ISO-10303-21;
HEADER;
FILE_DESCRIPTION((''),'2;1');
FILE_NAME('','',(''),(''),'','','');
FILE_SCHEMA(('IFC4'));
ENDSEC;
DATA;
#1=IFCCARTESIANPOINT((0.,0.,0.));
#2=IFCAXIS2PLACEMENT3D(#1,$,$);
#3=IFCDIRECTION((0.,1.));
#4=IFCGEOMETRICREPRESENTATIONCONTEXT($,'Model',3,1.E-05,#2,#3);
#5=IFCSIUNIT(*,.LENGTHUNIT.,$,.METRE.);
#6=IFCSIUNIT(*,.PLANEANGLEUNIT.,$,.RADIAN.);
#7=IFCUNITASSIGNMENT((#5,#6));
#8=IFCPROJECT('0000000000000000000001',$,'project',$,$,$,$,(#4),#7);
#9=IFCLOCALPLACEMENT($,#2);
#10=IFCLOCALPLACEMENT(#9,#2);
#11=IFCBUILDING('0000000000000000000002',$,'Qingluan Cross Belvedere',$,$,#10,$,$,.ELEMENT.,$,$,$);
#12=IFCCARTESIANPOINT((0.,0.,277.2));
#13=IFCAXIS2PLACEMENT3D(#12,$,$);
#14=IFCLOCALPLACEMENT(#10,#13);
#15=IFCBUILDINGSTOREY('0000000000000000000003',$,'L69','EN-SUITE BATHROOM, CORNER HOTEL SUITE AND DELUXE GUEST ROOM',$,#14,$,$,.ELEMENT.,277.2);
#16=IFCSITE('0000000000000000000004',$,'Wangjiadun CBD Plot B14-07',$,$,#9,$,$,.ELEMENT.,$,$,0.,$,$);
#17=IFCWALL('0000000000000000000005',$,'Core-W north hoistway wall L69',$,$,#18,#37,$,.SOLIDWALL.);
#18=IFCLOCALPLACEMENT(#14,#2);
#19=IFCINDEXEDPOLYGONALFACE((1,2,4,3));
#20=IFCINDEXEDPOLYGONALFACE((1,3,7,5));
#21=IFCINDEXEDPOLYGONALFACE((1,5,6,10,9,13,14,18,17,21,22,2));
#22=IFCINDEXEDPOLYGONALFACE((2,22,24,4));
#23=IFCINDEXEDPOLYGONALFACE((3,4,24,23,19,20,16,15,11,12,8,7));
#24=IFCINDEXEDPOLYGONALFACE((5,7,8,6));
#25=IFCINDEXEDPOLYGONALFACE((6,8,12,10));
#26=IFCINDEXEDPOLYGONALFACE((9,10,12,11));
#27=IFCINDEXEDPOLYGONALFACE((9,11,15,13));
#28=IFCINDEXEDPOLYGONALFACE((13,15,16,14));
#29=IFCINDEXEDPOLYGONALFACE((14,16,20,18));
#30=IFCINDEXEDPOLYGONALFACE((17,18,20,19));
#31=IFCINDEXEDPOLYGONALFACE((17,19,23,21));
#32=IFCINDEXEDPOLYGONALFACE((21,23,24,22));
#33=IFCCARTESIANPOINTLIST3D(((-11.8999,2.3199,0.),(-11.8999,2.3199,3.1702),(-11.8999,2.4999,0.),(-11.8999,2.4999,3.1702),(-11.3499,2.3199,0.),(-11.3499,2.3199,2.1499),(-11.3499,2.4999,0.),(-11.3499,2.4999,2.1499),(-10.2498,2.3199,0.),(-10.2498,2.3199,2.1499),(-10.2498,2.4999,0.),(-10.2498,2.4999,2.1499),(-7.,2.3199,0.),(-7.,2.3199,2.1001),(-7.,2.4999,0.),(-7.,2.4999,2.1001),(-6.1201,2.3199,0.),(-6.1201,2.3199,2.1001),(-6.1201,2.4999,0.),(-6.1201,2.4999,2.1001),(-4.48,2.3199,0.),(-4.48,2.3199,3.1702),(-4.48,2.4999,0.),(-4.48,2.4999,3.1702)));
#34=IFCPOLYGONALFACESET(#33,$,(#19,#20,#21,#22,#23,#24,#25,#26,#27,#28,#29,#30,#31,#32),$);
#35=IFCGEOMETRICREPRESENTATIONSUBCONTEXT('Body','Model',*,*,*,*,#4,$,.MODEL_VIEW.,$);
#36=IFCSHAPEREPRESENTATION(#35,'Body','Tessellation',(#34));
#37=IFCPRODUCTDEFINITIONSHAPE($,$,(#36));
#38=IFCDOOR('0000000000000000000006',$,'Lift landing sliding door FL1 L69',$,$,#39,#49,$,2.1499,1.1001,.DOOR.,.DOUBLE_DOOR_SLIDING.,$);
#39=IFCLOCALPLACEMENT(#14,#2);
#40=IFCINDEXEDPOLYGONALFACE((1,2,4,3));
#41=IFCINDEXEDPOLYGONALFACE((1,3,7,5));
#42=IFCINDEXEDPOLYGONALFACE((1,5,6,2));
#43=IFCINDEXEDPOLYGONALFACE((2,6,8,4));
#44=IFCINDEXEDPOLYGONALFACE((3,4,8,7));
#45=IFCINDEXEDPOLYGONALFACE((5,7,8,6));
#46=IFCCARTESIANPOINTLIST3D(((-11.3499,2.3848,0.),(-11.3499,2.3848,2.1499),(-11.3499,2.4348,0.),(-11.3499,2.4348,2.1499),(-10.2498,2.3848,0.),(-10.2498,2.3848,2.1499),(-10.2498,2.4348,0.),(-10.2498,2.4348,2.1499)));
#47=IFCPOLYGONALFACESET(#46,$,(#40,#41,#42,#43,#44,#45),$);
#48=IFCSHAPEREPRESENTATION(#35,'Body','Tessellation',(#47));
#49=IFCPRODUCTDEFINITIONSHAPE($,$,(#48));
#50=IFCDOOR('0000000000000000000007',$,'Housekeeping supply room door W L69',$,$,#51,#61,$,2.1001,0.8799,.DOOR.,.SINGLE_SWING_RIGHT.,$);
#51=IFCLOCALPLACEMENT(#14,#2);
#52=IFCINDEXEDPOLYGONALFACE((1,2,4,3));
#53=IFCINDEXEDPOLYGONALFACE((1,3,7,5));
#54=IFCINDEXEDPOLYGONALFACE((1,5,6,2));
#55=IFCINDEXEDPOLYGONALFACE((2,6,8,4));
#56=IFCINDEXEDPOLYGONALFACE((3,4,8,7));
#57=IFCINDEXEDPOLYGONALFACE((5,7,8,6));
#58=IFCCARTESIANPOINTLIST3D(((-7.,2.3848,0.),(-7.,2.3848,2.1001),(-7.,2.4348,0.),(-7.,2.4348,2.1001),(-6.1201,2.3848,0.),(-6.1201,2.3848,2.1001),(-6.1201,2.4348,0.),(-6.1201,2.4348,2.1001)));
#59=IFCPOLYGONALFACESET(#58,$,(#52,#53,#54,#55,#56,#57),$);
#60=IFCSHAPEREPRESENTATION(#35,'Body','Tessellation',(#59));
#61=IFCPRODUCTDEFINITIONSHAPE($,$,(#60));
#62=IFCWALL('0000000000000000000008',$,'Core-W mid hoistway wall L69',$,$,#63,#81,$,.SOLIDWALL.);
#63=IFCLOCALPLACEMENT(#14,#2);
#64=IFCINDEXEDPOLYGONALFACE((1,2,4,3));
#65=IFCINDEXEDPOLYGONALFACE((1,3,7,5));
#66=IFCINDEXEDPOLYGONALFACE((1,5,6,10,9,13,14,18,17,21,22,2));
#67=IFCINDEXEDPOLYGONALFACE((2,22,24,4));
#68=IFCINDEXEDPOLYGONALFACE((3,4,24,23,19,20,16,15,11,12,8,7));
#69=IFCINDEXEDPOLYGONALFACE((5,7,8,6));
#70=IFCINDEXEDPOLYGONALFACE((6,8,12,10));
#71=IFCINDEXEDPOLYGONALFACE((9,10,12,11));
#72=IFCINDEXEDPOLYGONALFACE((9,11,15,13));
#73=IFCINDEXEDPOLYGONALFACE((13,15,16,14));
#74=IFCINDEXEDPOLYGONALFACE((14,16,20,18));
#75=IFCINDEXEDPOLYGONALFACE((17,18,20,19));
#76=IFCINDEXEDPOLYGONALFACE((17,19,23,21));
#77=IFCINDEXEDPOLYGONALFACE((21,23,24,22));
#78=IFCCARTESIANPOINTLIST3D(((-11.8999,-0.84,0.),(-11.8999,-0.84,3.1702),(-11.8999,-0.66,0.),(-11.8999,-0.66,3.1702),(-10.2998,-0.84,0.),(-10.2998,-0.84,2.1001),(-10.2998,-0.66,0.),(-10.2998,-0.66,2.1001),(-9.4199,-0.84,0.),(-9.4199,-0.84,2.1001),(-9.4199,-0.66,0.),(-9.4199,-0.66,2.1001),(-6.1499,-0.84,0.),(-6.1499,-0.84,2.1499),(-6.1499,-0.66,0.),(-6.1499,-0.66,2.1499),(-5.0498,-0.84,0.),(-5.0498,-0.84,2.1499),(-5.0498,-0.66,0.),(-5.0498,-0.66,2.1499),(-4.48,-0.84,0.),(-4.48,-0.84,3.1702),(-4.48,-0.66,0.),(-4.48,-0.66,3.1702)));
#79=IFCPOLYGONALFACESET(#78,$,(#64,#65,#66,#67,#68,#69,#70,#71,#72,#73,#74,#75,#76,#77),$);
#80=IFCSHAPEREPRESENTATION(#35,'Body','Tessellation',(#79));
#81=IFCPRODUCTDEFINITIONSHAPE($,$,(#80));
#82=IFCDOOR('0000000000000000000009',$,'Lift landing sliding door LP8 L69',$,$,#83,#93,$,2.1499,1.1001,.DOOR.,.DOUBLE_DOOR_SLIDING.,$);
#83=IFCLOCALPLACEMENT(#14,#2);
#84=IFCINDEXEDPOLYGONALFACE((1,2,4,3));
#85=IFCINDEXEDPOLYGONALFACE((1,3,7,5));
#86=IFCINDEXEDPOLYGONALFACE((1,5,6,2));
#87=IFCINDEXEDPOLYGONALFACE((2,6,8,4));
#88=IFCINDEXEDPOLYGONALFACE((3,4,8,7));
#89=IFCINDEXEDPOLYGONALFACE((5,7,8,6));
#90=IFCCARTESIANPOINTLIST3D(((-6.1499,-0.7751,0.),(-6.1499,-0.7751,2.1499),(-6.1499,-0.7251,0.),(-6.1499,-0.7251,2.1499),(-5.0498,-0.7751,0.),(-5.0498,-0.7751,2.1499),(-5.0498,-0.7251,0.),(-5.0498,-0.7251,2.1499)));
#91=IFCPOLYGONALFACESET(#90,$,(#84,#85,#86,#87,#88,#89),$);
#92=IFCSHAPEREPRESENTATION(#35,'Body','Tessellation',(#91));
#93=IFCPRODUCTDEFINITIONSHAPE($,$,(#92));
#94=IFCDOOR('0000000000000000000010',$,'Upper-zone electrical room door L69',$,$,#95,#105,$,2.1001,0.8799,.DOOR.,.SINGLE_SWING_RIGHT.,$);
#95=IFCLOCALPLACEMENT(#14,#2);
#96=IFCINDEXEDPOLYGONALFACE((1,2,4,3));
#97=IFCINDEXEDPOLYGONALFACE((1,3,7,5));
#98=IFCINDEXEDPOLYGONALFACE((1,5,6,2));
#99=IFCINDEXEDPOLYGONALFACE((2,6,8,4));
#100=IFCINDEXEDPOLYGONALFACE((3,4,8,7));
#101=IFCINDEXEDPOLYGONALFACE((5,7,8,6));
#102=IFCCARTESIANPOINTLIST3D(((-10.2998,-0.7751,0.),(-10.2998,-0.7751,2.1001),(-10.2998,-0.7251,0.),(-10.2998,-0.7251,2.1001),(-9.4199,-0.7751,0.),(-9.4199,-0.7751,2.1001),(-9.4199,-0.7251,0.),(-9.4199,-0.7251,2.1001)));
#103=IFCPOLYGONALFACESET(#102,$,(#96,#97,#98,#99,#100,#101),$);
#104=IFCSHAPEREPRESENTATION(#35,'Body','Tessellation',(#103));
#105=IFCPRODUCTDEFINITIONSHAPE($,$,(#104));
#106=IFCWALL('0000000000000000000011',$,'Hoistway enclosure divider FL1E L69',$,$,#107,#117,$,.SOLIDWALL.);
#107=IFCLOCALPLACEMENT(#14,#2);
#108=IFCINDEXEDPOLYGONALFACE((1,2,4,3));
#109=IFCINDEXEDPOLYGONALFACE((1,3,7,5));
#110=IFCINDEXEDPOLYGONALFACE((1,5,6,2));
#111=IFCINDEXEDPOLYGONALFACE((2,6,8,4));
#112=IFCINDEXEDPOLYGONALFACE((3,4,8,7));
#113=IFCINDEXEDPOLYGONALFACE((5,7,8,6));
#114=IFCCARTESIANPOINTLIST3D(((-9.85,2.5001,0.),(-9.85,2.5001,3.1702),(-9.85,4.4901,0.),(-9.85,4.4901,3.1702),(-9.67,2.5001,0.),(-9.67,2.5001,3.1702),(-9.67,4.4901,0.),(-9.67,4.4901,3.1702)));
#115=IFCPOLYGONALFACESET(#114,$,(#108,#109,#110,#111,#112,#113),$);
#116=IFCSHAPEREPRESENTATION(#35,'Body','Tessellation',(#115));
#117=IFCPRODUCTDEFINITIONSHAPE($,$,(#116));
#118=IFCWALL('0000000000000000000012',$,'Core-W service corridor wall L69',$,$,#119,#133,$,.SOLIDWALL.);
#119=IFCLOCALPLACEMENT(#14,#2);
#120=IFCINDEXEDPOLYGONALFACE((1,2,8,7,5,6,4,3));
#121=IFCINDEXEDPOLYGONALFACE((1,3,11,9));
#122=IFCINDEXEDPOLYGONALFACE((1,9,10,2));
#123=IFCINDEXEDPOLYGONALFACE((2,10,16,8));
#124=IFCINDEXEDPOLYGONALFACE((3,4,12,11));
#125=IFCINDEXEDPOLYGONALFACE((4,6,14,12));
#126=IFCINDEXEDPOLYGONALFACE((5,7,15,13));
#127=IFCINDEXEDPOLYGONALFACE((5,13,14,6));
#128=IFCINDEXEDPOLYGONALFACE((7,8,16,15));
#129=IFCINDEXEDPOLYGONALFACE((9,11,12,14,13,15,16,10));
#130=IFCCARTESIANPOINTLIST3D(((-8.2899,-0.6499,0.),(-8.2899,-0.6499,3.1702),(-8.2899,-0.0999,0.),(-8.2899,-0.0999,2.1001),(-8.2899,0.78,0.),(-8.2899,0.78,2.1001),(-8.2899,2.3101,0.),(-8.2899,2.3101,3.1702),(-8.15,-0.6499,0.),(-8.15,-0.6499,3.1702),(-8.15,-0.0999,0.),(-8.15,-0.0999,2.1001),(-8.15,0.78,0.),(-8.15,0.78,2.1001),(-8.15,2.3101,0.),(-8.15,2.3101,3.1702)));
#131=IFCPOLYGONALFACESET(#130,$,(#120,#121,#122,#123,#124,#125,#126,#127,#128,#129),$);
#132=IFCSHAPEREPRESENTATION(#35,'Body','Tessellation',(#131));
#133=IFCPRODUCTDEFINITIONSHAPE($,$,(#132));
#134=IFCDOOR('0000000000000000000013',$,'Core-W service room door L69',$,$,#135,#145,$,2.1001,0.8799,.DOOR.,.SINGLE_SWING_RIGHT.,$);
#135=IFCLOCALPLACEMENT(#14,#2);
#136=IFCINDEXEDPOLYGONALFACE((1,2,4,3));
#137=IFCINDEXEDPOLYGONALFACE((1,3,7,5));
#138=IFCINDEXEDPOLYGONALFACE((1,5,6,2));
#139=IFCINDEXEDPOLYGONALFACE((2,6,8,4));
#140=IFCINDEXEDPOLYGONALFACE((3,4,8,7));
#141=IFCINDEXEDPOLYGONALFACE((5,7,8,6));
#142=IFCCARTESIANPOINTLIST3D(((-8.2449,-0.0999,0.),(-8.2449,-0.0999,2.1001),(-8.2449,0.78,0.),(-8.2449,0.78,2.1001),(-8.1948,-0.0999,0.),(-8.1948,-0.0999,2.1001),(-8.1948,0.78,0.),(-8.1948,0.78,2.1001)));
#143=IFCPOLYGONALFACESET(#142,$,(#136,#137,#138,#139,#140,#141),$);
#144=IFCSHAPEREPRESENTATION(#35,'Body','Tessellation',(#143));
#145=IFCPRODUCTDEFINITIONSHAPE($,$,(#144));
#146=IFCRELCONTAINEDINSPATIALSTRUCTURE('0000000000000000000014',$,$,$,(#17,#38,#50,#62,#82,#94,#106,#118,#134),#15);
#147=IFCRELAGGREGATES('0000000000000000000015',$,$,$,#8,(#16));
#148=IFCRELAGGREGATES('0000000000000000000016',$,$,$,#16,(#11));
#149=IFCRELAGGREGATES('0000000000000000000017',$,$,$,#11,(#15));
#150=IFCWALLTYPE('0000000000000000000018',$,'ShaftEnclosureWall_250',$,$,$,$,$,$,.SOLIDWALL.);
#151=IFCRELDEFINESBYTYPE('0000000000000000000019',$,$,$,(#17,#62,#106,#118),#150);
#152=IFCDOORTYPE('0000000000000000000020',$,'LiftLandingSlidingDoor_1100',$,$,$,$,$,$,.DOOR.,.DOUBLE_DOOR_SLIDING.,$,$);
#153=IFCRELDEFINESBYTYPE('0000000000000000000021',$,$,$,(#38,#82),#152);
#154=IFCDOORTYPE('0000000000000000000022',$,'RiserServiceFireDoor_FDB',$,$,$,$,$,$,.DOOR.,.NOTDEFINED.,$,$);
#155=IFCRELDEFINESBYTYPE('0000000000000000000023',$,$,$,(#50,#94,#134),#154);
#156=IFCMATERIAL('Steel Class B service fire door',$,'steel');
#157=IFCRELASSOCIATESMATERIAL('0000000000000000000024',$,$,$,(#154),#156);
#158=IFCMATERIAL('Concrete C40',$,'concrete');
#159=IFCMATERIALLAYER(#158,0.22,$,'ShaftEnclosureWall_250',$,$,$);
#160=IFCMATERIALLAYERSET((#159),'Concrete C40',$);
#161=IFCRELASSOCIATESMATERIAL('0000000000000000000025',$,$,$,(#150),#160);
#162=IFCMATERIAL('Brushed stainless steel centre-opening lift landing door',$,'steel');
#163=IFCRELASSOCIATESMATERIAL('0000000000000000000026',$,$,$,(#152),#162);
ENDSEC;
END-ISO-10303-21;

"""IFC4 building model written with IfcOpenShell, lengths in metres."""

from ifc_helpers import new_model, si_unit, direction, frame, frame_2d, origin, place, context, subcontext, project, spatial, rectangle, extrude, material, layer, layer_set, type_object, element, fill, save


model = new_model("IFC4")

# Units and contexts
model_context = context("Model", 3, precision=1e-05, world=origin(), true_north=direction((0.0, 1.0)))
body_context = subcontext(model_context, "Body", "Model", "MODEL_VIEW")
ifc_project = project(units=[si_unit("LENGTHUNIT", "METRE"), si_unit("PLANEANGLEUNIT", "RADIAN")], contexts=[model_context])

# Site, building, storey
site_placement = place(None, origin())
site = spatial("IfcSite", under=ifc_project, at=site_placement, Name="Wangjiadun CBD Plot B14-07", CompositionType="ELEMENT", RefElevation=0.0)
building_placement = place(site_placement, origin())
building = spatial("IfcBuilding", under=site, at=building_placement, Name="Qingluan Cross Belvedere", CompositionType="ELEMENT")
storey_placement = place(building_placement, frame((0.0, 0.0, 277.2)))
storey = spatial("IfcBuildingStorey", under=building, at=storey_placement, Name="L69", Description="EN-SUITE BATHROOM, CORNER HOTEL SUITE AND DELUXE GUEST ROOM", CompositionType="ELEMENT", Elevation=277.2)

# Shared definitions
ifc_material_1 = material(Name="Steel Class B service fire door", Category="steel")
door_type_1 = type_object("IfcDoorType", Name="RiserServiceFireDoor_FDB", OperationType="NOTDEFINED", PredefinedType="DOOR", material=ifc_material_1)

# Walls, openings, doors
ifc_material_2 = material(Name="Concrete C40", Category="concrete")
ifc_layer_1 = layer(ifc_material_2, 0.22, Name="ShaftEnclosureWall_250")
ifc_layer_set_1 = layer_set([ifc_layer_1], Name="Concrete C40")
wall_type_1 = type_object("IfcWallType", Name="ShaftEnclosureWall_250", PredefinedType="SOLIDWALL", material=ifc_layer_set_1)
wall_1_placement = place(storey_placement, frame((-11.8999, 2.4099, 0.0), z_axis=(0.0, 0.0, 1.0), x_axis=(1.0, 0.0, 0.0)))
wall_1 = element("IfcWall", 1, at=wall_1_placement, inside=storey, type_object=wall_type_1, Name="Core-W north hoistway wall L69", PredefinedType="SOLIDWALL", context=body_context, shape_type="SweptSolid", body=[
    extrude(rectangle(XDim=7.4199, YDim=0.1799, at=frame_2d((3.71, 0.0))), origin(), (0.0, 0.0, 1.0), 3.1702),
])
opening_1_placement = place(wall_1_placement, frame((0.55, 0.0, 0.0)))
opening_1 = element("IfcOpeningElement", 2, at=opening_1_placement, cuts=wall_1, PredefinedType="OPENING", context=body_context, shape_type="SweptSolid", body=[
    extrude(rectangle(XDim=1.1001, YDim=2.1499, at=frame_2d((0.55, 1.075))), frame((0.0, 0.0999, 0.0), z_axis=(0.0, -1.0, 0.0), x_axis=(1.0, 0.0, 0.0)), (0.0, 0.0, 1.0), 0.2),
])
opening_2_placement = place(wall_1_placement, frame((4.8999, 0.0, 0.0)))
opening_2 = element("IfcOpeningElement", 3, at=opening_2_placement, cuts=wall_1, PredefinedType="OPENING", context=body_context, shape_type="SweptSolid", body=[
    extrude(rectangle(XDim=0.8799, YDim=2.1001, at=frame_2d((0.4399, 1.05))), frame((0.0, 0.0999, 0.0), z_axis=(0.0, -1.0, 0.0), x_axis=(1.0, 0.0, 0.0)), (0.0, 0.0, 1.0), 0.2),
])
ifc_material_3 = material(Name="Brushed stainless steel centre-opening lift landing door", Category="steel")
door_type_2 = type_object("IfcDoorType", Name="LiftLandingSlidingDoor_1100", OperationType="DOUBLE_DOOR_SLIDING", PredefinedType="DOOR", material=ifc_material_3)
door_1_placement = place(opening_1_placement, origin())
door_1 = element("IfcDoor", 4, at=door_1_placement, inside=storey, type_object=door_type_2, Name="Lift landing sliding door FL1 L69", OperationType="DOUBLE_DOOR_SLIDING", OverallHeight=2.1499, OverallWidth=1.1001, PredefinedType="DOOR", context=body_context, shape_type="SweptSolid", body=[
    extrude(rectangle(XDim=1.1001, YDim=2.1499, at=frame_2d((0.55, 1.075))), frame((0.0, 0.0249, 0.0), z_axis=(0.0, -1.0, 0.0), x_axis=(1.0, 0.0, 0.0)), (0.0, 0.0, 1.0), 0.05),
])
fill(opening_1, door_1)
door_2_placement = place(opening_2_placement, origin())
door_2 = element("IfcDoor", 5, at=door_2_placement, inside=storey, type_object=door_type_1, Name="Housekeeping supply room door W L69", OperationType="SINGLE_SWING_RIGHT", OverallHeight=2.1001, OverallWidth=0.8799, PredefinedType="DOOR", context=body_context, shape_type="SweptSolid", body=[
    extrude(rectangle(XDim=0.8799, YDim=2.1001, at=frame_2d((0.4399, 1.05))), frame((0.0, 0.0249, 0.0), z_axis=(0.0, -1.0, 0.0), x_axis=(1.0, 0.0, 0.0)), (0.0, 0.0, 1.0), 0.05),
])
fill(opening_2, door_2)
wall_2_placement = place(storey_placement, frame((-11.8999, -0.75, 0.0), z_axis=(0.0, 0.0, 1.0), x_axis=(1.0, 0.0, 0.0)))
wall_2 = element("IfcWall", 6, at=wall_2_placement, inside=storey, type_object=wall_type_1, Name="Core-W mid hoistway wall L69", PredefinedType="SOLIDWALL", context=body_context, shape_type="SweptSolid", body=[
    extrude(rectangle(XDim=7.4199, YDim=0.1799, at=frame_2d((3.71, 0.0))), origin(), (0.0, 0.0, 1.0), 3.1702),
])
opening_3_placement = place(wall_2_placement, frame((5.75, 0.0, 0.0)))
opening_3 = element("IfcOpeningElement", 7, at=opening_3_placement, cuts=wall_2, PredefinedType="OPENING", context=body_context, shape_type="SweptSolid", body=[
    extrude(rectangle(XDim=1.1001, YDim=2.1499, at=frame_2d((0.55, 1.075))), frame((0.0, 0.0999, 0.0), z_axis=(0.0, -1.0, 0.0), x_axis=(1.0, 0.0, 0.0)), (0.0, 0.0, 1.0), 0.2),
])
opening_4_placement = place(wall_2_placement, frame((1.6001, 0.0, 0.0)))
opening_4 = element("IfcOpeningElement", 8, at=opening_4_placement, cuts=wall_2, PredefinedType="OPENING", context=body_context, shape_type="SweptSolid", body=[
    extrude(rectangle(XDim=0.8799, YDim=2.1001, at=frame_2d((0.4399, 1.05))), frame((0.0, 0.0999, 0.0), z_axis=(0.0, -1.0, 0.0), x_axis=(1.0, 0.0, 0.0)), (0.0, 0.0, 1.0), 0.2),
])
door_3_placement = place(opening_3_placement, origin())
door_3 = element("IfcDoor", 9, at=door_3_placement, inside=storey, type_object=door_type_2, Name="Lift landing sliding door LP8 L69", OperationType="DOUBLE_DOOR_SLIDING", OverallHeight=2.1499, OverallWidth=1.1001, PredefinedType="DOOR", context=body_context, shape_type="SweptSolid", body=[
    extrude(rectangle(XDim=1.1001, YDim=2.1499, at=frame_2d((0.55, 1.075))), frame((0.0, 0.0249, 0.0), z_axis=(0.0, -1.0, 0.0), x_axis=(1.0, 0.0, 0.0)), (0.0, 0.0, 1.0), 0.05),
])
fill(opening_3, door_3)
door_4_placement = place(opening_4_placement, origin())
door_4 = element("IfcDoor", 10, at=door_4_placement, inside=storey, type_object=door_type_1, Name="Upper-zone electrical room door L69", OperationType="SINGLE_SWING_RIGHT", OverallHeight=2.1001, OverallWidth=0.8799, PredefinedType="DOOR", context=body_context, shape_type="SweptSolid", body=[
    extrude(rectangle(XDim=0.8799, YDim=2.1001, at=frame_2d((0.4399, 1.05))), frame((0.0, 0.0249, 0.0), z_axis=(0.0, -1.0, 0.0), x_axis=(1.0, 0.0, 0.0)), (0.0, 0.0, 1.0), 0.05),
])
fill(opening_4, door_4)

# Wall
wall_3_placement = place(storey_placement, frame((-9.76, 2.5, 0.0), z_axis=(0.0, 0.0, 1.0), x_axis=(0.0, 1.0, 0.0)))
element("IfcWall", 11, at=wall_3_placement, inside=storey, type_object=wall_type_1, Name="Hoistway enclosure divider FL1E L69", PredefinedType="SOLIDWALL", context=body_context, shape_type="SweptSolid", body=[
    extrude(rectangle(XDim=1.99, YDim=0.1799, at=frame_2d((0.9951, 0.0))), origin(), (0.0, 0.0, 1.0), 3.1702),
])

# Wall, opening, door
wall_4_placement = place(storey_placement, frame((-8.22, -0.6499, 0.0), z_axis=(0.0, 0.0, 1.0), x_axis=(0.0, 1.0, 0.0)))
wall_4 = element("IfcWall", 12, at=wall_4_placement, inside=storey, type_object=wall_type_1, Name="Core-W service corridor wall L69", PredefinedType="SOLIDWALL", context=body_context, shape_type="SweptSolid", body=[
    extrude(rectangle(XDim=2.96, YDim=0.1399, at=frame_2d((1.48, 0.0))), origin(), (0.0, 0.0, 1.0), 3.1702),
])
opening_5_placement = place(wall_4_placement, frame((0.55, 0.0, 0.0)))
opening_5 = element("IfcOpeningElement", 13, at=opening_5_placement, cuts=wall_4, PredefinedType="OPENING", context=body_context, shape_type="SweptSolid", body=[
    extrude(rectangle(XDim=0.8799, YDim=2.1001, at=frame_2d((0.4399, 1.05))), frame((0.0, 0.0798, 0.0), z_axis=(0.0, -1.0, 0.0), x_axis=(1.0, 0.0, 0.0)), (0.0, 0.0, 1.0), 0.1599),
])
door_5_placement = place(opening_5_placement, origin())
door_5 = element("IfcDoor", 14, at=door_5_placement, inside=storey, type_object=door_type_1, Name="Core-W service room door L69", OperationType="SINGLE_SWING_RIGHT", OverallHeight=2.1001, OverallWidth=0.8799, PredefinedType="DOOR", context=body_context, shape_type="SweptSolid", body=[
    extrude(rectangle(XDim=0.8799, YDim=2.1001, at=frame_2d((0.4399, 1.05))), frame((0.0, 0.0249, 0.0), z_axis=(0.0, -1.0, 0.0), x_axis=(1.0, 0.0, 0.0)), (0.0, 0.0, 1.0), 0.05),
])
fill(opening_5, door_5)

save(model, "model.ifc")
